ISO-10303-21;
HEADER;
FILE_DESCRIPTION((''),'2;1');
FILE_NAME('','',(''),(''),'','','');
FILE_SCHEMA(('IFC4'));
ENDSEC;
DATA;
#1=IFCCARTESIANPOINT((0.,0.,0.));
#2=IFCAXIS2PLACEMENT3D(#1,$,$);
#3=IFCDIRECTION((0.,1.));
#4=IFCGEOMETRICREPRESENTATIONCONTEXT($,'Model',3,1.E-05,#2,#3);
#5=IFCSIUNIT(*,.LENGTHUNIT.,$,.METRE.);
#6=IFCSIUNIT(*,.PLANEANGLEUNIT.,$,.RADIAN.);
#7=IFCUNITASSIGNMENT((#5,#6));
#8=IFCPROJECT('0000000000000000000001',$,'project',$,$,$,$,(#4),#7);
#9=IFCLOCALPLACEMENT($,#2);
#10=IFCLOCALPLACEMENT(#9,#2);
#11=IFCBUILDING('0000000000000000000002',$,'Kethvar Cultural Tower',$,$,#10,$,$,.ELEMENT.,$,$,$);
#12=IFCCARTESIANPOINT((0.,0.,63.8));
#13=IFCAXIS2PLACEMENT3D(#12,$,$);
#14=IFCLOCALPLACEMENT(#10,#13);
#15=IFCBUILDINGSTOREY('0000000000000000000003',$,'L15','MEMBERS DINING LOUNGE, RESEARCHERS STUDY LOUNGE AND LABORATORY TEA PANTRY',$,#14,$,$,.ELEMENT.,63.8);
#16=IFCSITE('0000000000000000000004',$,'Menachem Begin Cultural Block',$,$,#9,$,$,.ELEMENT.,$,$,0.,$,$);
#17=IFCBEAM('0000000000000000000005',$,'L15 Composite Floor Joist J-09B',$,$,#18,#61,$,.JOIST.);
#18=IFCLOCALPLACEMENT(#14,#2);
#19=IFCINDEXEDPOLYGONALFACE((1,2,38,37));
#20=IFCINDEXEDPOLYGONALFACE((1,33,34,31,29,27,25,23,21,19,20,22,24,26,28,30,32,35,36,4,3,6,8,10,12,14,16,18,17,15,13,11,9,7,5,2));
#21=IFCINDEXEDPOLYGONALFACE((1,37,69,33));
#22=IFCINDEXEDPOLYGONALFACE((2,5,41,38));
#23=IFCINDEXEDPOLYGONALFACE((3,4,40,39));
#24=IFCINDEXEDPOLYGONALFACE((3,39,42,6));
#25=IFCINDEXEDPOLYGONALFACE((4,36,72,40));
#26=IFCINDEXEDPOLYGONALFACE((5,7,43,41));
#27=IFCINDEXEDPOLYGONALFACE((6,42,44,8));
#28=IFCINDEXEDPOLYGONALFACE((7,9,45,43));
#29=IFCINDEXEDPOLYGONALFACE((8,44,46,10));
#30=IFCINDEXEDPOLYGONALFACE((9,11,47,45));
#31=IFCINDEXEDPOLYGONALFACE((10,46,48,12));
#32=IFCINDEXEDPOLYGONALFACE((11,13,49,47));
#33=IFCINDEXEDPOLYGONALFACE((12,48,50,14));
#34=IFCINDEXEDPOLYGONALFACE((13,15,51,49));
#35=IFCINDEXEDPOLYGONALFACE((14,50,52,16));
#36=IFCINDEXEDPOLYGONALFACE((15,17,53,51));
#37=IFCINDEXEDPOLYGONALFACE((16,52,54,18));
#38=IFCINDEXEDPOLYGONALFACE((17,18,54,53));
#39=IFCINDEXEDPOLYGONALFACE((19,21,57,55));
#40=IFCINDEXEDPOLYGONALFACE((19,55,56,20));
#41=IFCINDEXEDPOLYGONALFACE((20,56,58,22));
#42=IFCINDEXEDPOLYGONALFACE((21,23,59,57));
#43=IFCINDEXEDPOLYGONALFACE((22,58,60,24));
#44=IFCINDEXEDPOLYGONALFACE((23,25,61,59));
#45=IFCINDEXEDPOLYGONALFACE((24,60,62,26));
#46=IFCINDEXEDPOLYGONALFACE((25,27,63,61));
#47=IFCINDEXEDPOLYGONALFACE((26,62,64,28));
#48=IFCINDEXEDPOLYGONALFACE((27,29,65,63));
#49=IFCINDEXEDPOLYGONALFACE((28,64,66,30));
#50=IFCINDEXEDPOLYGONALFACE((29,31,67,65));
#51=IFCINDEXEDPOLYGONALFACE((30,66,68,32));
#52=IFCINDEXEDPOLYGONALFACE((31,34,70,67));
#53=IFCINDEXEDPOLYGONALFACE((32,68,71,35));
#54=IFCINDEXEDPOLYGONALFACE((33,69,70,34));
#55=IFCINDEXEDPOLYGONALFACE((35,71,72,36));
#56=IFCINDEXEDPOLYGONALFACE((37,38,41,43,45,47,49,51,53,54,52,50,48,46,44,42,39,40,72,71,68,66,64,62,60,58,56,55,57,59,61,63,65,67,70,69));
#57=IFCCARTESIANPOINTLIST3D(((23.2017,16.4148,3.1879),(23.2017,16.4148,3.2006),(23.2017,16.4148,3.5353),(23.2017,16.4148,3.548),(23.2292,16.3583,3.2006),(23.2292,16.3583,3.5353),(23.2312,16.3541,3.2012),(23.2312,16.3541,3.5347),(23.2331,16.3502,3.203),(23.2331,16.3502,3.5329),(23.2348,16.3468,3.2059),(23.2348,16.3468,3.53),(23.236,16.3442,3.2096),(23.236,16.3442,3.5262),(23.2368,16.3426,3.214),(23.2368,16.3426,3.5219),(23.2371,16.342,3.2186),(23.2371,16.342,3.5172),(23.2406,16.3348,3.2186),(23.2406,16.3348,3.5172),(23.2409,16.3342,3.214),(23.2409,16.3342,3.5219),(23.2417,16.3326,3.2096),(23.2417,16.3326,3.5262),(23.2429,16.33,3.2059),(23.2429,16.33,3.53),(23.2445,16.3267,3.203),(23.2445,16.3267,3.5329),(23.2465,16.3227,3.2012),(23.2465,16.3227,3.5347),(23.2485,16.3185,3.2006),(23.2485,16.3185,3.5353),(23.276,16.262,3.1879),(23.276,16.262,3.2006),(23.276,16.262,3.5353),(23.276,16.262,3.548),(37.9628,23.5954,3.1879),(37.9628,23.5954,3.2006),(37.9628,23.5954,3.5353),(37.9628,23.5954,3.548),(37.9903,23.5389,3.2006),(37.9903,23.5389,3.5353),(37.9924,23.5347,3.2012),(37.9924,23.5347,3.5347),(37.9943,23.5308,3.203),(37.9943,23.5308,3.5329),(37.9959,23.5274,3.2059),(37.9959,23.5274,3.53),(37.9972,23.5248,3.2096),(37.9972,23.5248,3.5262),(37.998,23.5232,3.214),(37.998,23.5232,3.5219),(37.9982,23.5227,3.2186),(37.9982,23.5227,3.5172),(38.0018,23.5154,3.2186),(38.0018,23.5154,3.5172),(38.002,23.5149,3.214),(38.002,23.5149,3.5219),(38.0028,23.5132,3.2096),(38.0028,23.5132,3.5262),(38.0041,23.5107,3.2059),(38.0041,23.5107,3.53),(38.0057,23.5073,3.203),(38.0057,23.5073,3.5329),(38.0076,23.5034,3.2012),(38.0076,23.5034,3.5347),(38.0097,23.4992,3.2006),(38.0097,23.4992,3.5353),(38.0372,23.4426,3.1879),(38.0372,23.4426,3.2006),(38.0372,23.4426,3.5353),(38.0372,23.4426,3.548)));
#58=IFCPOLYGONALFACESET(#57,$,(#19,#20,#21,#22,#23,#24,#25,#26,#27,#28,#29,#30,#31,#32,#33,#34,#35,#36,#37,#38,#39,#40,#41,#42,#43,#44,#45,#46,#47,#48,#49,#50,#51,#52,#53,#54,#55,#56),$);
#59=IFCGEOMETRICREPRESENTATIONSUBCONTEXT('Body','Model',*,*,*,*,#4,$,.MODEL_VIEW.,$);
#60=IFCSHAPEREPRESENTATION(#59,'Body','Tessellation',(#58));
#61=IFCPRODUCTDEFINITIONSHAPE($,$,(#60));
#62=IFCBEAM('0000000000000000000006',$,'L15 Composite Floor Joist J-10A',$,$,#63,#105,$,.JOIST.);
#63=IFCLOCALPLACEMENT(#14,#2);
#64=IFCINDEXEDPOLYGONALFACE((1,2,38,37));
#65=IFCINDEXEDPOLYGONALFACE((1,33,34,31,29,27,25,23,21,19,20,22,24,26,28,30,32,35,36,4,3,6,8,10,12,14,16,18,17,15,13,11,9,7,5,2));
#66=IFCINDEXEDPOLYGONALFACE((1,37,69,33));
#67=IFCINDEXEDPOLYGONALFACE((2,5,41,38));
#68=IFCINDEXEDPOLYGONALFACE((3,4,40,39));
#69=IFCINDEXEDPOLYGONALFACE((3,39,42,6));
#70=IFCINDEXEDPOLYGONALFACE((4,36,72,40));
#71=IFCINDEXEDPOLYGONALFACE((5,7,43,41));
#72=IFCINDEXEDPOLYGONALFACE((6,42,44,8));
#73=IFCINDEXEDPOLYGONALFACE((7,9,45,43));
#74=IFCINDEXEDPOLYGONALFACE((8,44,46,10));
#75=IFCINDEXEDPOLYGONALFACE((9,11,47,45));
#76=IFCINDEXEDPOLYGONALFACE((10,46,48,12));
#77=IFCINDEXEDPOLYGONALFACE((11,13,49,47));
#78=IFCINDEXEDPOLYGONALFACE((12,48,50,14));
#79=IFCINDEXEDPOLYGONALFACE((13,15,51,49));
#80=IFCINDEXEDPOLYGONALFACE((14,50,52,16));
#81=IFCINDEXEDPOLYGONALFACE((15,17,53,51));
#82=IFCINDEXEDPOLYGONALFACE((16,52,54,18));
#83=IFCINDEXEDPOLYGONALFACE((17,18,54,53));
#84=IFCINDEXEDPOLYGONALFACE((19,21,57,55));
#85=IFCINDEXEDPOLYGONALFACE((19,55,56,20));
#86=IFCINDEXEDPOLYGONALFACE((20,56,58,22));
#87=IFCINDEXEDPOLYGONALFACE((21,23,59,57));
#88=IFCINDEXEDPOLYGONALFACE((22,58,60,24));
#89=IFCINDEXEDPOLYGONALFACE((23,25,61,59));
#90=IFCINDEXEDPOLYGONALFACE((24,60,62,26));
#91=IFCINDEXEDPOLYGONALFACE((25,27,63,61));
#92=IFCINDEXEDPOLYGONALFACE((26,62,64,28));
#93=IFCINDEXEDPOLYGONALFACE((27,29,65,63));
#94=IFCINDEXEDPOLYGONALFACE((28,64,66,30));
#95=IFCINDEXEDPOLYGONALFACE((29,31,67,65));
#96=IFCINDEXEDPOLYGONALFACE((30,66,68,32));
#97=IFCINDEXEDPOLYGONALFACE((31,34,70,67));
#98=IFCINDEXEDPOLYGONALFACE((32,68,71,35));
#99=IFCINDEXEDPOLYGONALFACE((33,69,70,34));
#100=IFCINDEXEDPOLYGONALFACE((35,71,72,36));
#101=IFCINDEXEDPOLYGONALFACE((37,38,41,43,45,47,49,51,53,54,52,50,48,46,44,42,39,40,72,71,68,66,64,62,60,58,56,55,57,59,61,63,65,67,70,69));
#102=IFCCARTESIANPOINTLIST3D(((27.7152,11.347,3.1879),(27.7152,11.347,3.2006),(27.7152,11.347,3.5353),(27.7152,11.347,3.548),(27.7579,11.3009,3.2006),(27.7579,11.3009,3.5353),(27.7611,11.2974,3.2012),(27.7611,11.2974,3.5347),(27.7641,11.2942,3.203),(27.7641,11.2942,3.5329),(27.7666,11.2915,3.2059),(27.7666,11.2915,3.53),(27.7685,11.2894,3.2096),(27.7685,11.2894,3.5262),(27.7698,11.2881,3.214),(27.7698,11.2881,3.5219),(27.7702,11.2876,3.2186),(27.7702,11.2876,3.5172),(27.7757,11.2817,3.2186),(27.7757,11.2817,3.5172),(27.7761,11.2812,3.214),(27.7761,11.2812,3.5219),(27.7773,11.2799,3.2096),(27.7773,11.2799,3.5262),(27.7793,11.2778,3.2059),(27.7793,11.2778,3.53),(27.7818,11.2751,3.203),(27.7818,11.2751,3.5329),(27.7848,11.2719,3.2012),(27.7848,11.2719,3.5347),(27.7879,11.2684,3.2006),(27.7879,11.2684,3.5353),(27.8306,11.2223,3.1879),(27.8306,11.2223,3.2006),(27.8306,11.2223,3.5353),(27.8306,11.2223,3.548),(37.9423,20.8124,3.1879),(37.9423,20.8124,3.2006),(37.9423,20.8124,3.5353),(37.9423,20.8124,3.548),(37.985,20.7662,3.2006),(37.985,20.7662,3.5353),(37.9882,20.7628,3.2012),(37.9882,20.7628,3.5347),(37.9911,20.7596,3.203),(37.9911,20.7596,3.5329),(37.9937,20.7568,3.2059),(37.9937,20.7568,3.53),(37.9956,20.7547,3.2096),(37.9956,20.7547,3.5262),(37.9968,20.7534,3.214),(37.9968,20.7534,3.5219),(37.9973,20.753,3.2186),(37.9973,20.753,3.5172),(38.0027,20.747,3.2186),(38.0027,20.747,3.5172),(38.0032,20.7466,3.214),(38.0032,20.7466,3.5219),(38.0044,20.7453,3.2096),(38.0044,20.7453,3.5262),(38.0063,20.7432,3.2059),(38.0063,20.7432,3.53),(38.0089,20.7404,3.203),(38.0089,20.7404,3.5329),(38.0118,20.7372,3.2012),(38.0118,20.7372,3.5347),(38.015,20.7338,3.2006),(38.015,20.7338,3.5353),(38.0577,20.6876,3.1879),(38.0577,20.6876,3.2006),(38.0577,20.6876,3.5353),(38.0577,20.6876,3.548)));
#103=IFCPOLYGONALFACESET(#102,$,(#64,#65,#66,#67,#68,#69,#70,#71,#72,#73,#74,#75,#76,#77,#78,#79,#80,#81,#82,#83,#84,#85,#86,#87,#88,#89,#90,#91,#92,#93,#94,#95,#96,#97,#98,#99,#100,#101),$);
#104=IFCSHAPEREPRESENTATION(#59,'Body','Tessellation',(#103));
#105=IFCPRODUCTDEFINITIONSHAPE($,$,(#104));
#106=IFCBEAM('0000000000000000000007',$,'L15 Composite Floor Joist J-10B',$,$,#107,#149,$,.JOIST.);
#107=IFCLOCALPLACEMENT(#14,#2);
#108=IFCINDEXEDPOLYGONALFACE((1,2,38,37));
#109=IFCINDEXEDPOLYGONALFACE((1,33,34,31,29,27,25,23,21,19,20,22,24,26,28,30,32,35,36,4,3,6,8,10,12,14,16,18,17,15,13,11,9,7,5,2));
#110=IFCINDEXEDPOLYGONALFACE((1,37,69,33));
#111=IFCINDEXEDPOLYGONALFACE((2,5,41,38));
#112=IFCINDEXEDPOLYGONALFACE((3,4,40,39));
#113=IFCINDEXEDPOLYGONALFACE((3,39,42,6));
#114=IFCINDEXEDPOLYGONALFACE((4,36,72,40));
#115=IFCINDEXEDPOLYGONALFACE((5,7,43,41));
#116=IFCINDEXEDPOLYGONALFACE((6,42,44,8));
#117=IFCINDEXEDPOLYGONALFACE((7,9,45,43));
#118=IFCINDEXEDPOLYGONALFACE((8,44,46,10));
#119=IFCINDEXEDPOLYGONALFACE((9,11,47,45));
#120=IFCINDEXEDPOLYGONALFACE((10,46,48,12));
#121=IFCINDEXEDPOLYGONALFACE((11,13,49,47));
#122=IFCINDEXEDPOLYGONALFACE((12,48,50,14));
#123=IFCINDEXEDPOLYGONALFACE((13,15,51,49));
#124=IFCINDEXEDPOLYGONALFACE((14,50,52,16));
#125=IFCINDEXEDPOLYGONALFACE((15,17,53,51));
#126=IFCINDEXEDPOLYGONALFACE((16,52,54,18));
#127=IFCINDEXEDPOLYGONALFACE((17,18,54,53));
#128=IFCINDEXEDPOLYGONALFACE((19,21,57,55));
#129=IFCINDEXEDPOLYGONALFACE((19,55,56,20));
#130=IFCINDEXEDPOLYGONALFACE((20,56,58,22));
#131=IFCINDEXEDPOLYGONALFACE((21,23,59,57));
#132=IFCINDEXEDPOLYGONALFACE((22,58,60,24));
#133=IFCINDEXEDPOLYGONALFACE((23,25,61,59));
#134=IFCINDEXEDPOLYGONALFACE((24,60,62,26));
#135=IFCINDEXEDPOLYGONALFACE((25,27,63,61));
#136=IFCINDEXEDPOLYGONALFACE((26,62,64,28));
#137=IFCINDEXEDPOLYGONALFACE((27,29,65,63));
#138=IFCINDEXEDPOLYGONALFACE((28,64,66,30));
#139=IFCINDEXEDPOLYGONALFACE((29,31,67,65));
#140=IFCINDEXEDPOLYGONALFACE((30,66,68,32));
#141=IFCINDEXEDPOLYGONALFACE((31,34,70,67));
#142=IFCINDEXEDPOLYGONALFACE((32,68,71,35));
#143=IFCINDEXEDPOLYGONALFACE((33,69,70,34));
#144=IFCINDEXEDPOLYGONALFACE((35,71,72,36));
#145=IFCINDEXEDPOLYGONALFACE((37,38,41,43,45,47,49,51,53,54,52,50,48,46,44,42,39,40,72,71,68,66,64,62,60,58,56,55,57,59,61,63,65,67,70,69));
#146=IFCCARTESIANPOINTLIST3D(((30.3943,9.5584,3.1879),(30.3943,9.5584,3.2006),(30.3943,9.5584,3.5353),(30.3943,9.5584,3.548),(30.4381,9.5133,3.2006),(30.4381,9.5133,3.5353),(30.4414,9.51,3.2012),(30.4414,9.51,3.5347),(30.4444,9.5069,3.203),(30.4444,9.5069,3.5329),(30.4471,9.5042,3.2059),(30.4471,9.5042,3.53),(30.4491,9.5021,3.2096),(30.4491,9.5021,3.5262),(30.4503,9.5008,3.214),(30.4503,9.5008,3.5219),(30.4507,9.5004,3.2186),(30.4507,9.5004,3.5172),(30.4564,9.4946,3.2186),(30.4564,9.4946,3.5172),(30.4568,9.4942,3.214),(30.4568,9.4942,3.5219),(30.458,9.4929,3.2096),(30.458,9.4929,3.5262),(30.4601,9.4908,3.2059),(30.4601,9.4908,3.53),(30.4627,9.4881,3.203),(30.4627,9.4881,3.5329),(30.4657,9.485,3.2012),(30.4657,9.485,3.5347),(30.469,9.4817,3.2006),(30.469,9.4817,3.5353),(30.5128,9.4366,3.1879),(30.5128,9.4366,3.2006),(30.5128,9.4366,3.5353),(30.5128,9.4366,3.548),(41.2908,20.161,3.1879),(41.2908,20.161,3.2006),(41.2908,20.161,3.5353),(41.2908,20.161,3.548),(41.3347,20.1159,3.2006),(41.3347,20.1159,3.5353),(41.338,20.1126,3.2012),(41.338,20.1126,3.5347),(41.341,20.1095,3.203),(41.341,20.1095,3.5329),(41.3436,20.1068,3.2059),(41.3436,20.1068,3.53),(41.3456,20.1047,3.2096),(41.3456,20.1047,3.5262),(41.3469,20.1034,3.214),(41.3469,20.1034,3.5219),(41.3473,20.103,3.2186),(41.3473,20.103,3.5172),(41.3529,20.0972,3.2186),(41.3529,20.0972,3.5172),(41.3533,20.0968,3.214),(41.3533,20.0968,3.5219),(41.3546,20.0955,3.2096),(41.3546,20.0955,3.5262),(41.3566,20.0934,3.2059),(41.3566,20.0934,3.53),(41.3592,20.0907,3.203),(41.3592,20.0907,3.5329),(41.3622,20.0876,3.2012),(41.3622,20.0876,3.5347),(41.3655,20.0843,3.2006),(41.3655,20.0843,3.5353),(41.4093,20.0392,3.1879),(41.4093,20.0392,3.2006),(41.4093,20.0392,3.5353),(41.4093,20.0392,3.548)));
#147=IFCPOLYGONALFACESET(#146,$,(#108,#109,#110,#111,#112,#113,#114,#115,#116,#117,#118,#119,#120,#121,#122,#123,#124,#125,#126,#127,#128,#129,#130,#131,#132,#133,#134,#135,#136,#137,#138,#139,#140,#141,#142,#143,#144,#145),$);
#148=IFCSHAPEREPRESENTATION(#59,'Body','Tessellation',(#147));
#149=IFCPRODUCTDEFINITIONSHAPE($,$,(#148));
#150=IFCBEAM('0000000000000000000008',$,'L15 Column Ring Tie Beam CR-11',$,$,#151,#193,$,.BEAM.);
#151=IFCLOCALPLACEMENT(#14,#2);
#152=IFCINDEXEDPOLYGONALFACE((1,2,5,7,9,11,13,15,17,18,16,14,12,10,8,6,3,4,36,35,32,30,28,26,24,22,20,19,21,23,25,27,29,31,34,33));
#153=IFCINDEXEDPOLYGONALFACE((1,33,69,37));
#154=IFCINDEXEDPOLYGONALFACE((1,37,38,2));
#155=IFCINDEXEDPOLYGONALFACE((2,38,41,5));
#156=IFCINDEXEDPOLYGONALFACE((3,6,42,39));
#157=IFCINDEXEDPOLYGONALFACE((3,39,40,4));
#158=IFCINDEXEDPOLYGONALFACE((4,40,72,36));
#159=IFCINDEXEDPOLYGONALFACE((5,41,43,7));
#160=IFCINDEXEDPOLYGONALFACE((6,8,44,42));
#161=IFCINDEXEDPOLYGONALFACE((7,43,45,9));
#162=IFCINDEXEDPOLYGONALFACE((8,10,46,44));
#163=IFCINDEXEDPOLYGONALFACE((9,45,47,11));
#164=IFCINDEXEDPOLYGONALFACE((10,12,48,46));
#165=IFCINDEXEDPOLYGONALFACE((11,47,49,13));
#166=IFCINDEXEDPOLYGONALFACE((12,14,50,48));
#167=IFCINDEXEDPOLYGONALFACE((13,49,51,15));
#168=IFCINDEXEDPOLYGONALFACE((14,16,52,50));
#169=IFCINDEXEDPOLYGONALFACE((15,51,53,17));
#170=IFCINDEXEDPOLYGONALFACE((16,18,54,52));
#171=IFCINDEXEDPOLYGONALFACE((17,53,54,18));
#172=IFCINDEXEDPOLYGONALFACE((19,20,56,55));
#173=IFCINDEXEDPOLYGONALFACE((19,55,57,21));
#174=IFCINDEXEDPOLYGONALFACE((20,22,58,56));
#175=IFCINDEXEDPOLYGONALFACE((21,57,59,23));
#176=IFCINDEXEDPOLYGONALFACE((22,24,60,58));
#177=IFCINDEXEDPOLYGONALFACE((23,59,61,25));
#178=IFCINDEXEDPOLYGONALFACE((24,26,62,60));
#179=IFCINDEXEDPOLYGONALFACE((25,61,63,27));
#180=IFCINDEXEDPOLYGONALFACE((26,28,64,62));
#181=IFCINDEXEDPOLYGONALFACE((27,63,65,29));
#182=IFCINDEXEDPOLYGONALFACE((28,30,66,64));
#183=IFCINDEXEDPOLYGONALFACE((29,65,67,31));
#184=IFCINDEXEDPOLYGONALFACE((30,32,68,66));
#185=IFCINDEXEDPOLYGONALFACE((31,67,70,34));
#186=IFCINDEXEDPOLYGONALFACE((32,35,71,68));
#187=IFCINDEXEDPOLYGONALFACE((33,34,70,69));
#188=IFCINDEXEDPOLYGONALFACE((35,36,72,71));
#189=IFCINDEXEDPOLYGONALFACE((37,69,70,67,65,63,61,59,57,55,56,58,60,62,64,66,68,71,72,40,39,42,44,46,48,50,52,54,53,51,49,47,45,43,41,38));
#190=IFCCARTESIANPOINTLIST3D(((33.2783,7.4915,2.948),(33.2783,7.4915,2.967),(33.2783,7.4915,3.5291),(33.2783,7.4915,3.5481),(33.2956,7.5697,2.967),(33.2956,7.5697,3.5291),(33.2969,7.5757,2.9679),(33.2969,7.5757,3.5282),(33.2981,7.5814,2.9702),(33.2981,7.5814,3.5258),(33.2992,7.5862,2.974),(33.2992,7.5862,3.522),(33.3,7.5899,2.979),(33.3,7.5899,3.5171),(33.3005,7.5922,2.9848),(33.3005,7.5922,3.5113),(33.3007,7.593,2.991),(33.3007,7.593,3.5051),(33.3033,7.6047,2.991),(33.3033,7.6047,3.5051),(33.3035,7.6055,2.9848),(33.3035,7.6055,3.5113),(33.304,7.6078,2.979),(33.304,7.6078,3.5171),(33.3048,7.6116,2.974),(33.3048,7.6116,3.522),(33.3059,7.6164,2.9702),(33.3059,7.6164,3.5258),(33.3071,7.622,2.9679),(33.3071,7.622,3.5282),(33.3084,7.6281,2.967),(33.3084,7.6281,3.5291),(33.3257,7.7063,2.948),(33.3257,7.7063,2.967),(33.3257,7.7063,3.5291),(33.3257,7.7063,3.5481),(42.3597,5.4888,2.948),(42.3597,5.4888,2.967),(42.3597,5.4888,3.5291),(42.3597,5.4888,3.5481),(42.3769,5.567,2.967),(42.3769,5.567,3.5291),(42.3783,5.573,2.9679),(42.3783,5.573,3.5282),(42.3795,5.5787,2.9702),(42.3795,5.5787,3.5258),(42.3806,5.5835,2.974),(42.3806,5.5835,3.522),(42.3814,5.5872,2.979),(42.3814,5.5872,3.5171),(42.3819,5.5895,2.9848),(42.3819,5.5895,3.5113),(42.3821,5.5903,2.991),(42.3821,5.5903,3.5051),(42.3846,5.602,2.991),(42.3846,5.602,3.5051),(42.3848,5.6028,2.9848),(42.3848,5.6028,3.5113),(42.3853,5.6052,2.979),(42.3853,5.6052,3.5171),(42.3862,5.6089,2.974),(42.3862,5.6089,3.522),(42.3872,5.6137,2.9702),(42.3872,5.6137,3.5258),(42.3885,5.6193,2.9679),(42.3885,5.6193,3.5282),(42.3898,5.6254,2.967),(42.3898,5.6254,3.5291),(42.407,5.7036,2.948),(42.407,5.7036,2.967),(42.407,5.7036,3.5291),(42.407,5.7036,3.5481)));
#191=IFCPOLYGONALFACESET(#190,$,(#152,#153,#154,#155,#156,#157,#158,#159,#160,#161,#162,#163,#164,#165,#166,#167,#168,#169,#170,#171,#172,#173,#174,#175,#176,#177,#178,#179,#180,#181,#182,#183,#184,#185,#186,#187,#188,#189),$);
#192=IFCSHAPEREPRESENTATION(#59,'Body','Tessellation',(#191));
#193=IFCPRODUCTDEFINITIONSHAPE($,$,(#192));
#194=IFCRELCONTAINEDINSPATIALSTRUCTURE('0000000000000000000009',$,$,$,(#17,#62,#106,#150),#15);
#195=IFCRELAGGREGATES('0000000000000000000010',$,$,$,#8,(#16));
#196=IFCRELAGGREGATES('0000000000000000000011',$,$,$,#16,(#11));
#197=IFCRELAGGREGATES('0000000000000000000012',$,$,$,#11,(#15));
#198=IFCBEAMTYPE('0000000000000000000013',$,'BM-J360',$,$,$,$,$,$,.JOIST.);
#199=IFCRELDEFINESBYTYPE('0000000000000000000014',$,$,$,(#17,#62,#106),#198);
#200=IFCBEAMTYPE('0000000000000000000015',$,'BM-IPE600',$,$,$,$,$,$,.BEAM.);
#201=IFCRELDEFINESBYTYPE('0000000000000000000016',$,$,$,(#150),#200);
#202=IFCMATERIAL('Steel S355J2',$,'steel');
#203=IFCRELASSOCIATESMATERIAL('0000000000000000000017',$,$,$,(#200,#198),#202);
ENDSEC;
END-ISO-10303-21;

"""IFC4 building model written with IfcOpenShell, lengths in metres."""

from ifc_helpers import new_model, si_unit, direction, frame, origin, origin_2d, place, context, subcontext, project, spatial, i_section, extrude, source, transform, mapped, material, material_profile, profile_set, type_object, element, save


model = new_model("IFC4")

# Units and contexts
model_context = context("Model", 3, precision=1e-05, world=origin(), true_north=direction((0.0, 1.0)))
body_context = subcontext(model_context, "Body", "Model", "MODEL_VIEW")
ifc_project = project(units=[si_unit("LENGTHUNIT", "METRE"), si_unit("PLANEANGLEUNIT", "RADIAN")], contexts=[model_context])

# Site, building, storey
site_placement = place(None, origin())
site = spatial("IfcSite", under=ifc_project, at=site_placement, Name="Menachem Begin Cultural Block", CompositionType="ELEMENT", RefElevation=0.0)
building_placement = place(site_placement, origin())
building = spatial("IfcBuilding", under=site, at=building_placement, Name="Kethvar Cultural Tower", CompositionType="ELEMENT")
storey_placement = place(building_placement, frame((0.0, 0.0, 63.8)))
storey = spatial("IfcBuildingStorey", under=building, at=storey_placement, Name="L15", Description="MEMBERS DINING LOUNGE, RESEARCHERS STUDY LOUNGE AND LABORATORY TEA PANTRY", CompositionType="ELEMENT", Elevation=63.8)

# Beams
ifc_material_1 = material(Name="Steel S355J2", Category="steel")
ifc_material_profile_1 = material_profile(ifc_material_1, i_section(OverallWidth=0.22, OverallDepth=0.6001, WebThickness=0.012, FlangeThickness=0.019, FilletRadius=0.0239, at=origin_2d()), Name="Steel S355J2 — IPE600")
ifc_profile_set_1 = profile_set([ifc_material_profile_1], Name="Steel S355J2 — IPE600")
beam_type_1 = type_object("IfcBeamType", Name="BM-IPE600", PredefinedType="BEAM", material=ifc_profile_set_1)
ifc_material_profile_2 = material_profile(ifc_material_1, i_section(OverallWidth=0.1699, OverallDepth=0.3601, WebThickness=0.0081, FlangeThickness=0.0127, FilletRadius=0.0181, at=origin_2d()), Name="Steel S355J2 — IPE360")
ifc_profile_set_2 = profile_set([ifc_material_profile_2], Name="Steel S355J2 — IPE360")
beam_type_2 = type_object("IfcBeamType", Name="BM-J360", PredefinedType="JOIST", material=ifc_profile_set_2)
shared_shape_1 = source(origin(), body_context, "Body", "SweptSolid", [
    extrude(i_section(OverallWidth=0.1699, OverallDepth=0.3601, WebThickness=0.0081, FlangeThickness=0.0127, FilletRadius=0.0181, at=origin_2d()), origin(), (0.0, 0.0, 1.0), 16.415),
])
beam_1_placement = place(storey_placement, frame((38.0, 23.519, 3.3679), z_axis=(-0.899246, -0.437442, 0.0), x_axis=(0.437442, -0.899246, 0.0)))
element("IfcBeam", 1, at=beam_1_placement, inside=storey, type_object=beam_type_2, Name="L15 Composite Floor Joist J-09B", PredefinedType="JOIST", context=body_context, shape_type="MappedRepresentation", body=[
    mapped(shared_shape_1, transform((0.0, 0.0, 0.0), scale=1.0)),
])
shared_shape_2 = source(origin(), body_context, "Body", "SweptSolid", [
    extrude(i_section(OverallWidth=0.1699, OverallDepth=0.3601, WebThickness=0.0081, FlangeThickness=0.0127, FilletRadius=0.0181, at=origin_2d()), origin(), (0.0, 0.0, 1.0), 13.9351),
])
beam_2_placement = place(storey_placement, frame((38.0, 20.75, 3.3679), z_axis=(-0.733909, -0.679247, 0.0), x_axis=(0.679247, -0.733909, 0.0)))
element("IfcBeam", 2, at=beam_2_placement, inside=storey, type_object=beam_type_2, Name="L15 Composite Floor Joist J-10A", PredefinedType="JOIST", context=body_context, shape_type="MappedRepresentation", body=[
    mapped(shared_shape_2, transform((0.0, 0.0, 0.0), scale=1.0)),
])
shared_shape_3 = source(origin(), body_context, "Body", "SweptSolid", [
    extrude(i_section(OverallWidth=0.1699, OverallDepth=0.3601, WebThickness=0.0081, FlangeThickness=0.0127, FilletRadius=0.0181, at=origin_2d()), origin(), (0.0, 0.0, 1.0), 15.2036),
])
beam_3_placement = place(storey_placement, frame((41.3501, 20.1001, 3.3679), z_axis=(-0.716708, -0.697374, 0.0), x_axis=(0.697374, -0.716708, 0.0)))
element("IfcBeam", 3, at=beam_3_placement, inside=storey, type_object=beam_type_2, Name="L15 Composite Floor Joist J-10B", PredefinedType="JOIST", context=body_context, shape_type="MappedRepresentation", body=[
    mapped(shared_shape_3, transform((0.0, 0.0, 0.0), scale=1.0)),
])
shared_shape_4 = source(origin(), body_context, "Body", "SweptSolid", [
    extrude(i_section(OverallWidth=0.22, OverallDepth=0.6001, WebThickness=0.012, FlangeThickness=0.019, FilletRadius=0.0239, at=origin_2d()), origin(), (0.0, 0.0, 1.0), 9.2996),
])
beam_4_placement = place(storey_placement, frame((33.302, 7.5989, 3.248), z_axis=(0.976536, -0.215354, 0.0), x_axis=(0.215354, 0.976536, 0.0)))
element("IfcBeam", 4, at=beam_4_placement, inside=storey, type_object=beam_type_1, Name="L15 Column Ring Tie Beam CR-11", PredefinedType="BEAM", context=body_context, shape_type="MappedRepresentation", body=[
    mapped(shared_shape_4, transform((0.0, 0.0, 0.0), scale=1.0)),
])

save(model, "model.ifc")
